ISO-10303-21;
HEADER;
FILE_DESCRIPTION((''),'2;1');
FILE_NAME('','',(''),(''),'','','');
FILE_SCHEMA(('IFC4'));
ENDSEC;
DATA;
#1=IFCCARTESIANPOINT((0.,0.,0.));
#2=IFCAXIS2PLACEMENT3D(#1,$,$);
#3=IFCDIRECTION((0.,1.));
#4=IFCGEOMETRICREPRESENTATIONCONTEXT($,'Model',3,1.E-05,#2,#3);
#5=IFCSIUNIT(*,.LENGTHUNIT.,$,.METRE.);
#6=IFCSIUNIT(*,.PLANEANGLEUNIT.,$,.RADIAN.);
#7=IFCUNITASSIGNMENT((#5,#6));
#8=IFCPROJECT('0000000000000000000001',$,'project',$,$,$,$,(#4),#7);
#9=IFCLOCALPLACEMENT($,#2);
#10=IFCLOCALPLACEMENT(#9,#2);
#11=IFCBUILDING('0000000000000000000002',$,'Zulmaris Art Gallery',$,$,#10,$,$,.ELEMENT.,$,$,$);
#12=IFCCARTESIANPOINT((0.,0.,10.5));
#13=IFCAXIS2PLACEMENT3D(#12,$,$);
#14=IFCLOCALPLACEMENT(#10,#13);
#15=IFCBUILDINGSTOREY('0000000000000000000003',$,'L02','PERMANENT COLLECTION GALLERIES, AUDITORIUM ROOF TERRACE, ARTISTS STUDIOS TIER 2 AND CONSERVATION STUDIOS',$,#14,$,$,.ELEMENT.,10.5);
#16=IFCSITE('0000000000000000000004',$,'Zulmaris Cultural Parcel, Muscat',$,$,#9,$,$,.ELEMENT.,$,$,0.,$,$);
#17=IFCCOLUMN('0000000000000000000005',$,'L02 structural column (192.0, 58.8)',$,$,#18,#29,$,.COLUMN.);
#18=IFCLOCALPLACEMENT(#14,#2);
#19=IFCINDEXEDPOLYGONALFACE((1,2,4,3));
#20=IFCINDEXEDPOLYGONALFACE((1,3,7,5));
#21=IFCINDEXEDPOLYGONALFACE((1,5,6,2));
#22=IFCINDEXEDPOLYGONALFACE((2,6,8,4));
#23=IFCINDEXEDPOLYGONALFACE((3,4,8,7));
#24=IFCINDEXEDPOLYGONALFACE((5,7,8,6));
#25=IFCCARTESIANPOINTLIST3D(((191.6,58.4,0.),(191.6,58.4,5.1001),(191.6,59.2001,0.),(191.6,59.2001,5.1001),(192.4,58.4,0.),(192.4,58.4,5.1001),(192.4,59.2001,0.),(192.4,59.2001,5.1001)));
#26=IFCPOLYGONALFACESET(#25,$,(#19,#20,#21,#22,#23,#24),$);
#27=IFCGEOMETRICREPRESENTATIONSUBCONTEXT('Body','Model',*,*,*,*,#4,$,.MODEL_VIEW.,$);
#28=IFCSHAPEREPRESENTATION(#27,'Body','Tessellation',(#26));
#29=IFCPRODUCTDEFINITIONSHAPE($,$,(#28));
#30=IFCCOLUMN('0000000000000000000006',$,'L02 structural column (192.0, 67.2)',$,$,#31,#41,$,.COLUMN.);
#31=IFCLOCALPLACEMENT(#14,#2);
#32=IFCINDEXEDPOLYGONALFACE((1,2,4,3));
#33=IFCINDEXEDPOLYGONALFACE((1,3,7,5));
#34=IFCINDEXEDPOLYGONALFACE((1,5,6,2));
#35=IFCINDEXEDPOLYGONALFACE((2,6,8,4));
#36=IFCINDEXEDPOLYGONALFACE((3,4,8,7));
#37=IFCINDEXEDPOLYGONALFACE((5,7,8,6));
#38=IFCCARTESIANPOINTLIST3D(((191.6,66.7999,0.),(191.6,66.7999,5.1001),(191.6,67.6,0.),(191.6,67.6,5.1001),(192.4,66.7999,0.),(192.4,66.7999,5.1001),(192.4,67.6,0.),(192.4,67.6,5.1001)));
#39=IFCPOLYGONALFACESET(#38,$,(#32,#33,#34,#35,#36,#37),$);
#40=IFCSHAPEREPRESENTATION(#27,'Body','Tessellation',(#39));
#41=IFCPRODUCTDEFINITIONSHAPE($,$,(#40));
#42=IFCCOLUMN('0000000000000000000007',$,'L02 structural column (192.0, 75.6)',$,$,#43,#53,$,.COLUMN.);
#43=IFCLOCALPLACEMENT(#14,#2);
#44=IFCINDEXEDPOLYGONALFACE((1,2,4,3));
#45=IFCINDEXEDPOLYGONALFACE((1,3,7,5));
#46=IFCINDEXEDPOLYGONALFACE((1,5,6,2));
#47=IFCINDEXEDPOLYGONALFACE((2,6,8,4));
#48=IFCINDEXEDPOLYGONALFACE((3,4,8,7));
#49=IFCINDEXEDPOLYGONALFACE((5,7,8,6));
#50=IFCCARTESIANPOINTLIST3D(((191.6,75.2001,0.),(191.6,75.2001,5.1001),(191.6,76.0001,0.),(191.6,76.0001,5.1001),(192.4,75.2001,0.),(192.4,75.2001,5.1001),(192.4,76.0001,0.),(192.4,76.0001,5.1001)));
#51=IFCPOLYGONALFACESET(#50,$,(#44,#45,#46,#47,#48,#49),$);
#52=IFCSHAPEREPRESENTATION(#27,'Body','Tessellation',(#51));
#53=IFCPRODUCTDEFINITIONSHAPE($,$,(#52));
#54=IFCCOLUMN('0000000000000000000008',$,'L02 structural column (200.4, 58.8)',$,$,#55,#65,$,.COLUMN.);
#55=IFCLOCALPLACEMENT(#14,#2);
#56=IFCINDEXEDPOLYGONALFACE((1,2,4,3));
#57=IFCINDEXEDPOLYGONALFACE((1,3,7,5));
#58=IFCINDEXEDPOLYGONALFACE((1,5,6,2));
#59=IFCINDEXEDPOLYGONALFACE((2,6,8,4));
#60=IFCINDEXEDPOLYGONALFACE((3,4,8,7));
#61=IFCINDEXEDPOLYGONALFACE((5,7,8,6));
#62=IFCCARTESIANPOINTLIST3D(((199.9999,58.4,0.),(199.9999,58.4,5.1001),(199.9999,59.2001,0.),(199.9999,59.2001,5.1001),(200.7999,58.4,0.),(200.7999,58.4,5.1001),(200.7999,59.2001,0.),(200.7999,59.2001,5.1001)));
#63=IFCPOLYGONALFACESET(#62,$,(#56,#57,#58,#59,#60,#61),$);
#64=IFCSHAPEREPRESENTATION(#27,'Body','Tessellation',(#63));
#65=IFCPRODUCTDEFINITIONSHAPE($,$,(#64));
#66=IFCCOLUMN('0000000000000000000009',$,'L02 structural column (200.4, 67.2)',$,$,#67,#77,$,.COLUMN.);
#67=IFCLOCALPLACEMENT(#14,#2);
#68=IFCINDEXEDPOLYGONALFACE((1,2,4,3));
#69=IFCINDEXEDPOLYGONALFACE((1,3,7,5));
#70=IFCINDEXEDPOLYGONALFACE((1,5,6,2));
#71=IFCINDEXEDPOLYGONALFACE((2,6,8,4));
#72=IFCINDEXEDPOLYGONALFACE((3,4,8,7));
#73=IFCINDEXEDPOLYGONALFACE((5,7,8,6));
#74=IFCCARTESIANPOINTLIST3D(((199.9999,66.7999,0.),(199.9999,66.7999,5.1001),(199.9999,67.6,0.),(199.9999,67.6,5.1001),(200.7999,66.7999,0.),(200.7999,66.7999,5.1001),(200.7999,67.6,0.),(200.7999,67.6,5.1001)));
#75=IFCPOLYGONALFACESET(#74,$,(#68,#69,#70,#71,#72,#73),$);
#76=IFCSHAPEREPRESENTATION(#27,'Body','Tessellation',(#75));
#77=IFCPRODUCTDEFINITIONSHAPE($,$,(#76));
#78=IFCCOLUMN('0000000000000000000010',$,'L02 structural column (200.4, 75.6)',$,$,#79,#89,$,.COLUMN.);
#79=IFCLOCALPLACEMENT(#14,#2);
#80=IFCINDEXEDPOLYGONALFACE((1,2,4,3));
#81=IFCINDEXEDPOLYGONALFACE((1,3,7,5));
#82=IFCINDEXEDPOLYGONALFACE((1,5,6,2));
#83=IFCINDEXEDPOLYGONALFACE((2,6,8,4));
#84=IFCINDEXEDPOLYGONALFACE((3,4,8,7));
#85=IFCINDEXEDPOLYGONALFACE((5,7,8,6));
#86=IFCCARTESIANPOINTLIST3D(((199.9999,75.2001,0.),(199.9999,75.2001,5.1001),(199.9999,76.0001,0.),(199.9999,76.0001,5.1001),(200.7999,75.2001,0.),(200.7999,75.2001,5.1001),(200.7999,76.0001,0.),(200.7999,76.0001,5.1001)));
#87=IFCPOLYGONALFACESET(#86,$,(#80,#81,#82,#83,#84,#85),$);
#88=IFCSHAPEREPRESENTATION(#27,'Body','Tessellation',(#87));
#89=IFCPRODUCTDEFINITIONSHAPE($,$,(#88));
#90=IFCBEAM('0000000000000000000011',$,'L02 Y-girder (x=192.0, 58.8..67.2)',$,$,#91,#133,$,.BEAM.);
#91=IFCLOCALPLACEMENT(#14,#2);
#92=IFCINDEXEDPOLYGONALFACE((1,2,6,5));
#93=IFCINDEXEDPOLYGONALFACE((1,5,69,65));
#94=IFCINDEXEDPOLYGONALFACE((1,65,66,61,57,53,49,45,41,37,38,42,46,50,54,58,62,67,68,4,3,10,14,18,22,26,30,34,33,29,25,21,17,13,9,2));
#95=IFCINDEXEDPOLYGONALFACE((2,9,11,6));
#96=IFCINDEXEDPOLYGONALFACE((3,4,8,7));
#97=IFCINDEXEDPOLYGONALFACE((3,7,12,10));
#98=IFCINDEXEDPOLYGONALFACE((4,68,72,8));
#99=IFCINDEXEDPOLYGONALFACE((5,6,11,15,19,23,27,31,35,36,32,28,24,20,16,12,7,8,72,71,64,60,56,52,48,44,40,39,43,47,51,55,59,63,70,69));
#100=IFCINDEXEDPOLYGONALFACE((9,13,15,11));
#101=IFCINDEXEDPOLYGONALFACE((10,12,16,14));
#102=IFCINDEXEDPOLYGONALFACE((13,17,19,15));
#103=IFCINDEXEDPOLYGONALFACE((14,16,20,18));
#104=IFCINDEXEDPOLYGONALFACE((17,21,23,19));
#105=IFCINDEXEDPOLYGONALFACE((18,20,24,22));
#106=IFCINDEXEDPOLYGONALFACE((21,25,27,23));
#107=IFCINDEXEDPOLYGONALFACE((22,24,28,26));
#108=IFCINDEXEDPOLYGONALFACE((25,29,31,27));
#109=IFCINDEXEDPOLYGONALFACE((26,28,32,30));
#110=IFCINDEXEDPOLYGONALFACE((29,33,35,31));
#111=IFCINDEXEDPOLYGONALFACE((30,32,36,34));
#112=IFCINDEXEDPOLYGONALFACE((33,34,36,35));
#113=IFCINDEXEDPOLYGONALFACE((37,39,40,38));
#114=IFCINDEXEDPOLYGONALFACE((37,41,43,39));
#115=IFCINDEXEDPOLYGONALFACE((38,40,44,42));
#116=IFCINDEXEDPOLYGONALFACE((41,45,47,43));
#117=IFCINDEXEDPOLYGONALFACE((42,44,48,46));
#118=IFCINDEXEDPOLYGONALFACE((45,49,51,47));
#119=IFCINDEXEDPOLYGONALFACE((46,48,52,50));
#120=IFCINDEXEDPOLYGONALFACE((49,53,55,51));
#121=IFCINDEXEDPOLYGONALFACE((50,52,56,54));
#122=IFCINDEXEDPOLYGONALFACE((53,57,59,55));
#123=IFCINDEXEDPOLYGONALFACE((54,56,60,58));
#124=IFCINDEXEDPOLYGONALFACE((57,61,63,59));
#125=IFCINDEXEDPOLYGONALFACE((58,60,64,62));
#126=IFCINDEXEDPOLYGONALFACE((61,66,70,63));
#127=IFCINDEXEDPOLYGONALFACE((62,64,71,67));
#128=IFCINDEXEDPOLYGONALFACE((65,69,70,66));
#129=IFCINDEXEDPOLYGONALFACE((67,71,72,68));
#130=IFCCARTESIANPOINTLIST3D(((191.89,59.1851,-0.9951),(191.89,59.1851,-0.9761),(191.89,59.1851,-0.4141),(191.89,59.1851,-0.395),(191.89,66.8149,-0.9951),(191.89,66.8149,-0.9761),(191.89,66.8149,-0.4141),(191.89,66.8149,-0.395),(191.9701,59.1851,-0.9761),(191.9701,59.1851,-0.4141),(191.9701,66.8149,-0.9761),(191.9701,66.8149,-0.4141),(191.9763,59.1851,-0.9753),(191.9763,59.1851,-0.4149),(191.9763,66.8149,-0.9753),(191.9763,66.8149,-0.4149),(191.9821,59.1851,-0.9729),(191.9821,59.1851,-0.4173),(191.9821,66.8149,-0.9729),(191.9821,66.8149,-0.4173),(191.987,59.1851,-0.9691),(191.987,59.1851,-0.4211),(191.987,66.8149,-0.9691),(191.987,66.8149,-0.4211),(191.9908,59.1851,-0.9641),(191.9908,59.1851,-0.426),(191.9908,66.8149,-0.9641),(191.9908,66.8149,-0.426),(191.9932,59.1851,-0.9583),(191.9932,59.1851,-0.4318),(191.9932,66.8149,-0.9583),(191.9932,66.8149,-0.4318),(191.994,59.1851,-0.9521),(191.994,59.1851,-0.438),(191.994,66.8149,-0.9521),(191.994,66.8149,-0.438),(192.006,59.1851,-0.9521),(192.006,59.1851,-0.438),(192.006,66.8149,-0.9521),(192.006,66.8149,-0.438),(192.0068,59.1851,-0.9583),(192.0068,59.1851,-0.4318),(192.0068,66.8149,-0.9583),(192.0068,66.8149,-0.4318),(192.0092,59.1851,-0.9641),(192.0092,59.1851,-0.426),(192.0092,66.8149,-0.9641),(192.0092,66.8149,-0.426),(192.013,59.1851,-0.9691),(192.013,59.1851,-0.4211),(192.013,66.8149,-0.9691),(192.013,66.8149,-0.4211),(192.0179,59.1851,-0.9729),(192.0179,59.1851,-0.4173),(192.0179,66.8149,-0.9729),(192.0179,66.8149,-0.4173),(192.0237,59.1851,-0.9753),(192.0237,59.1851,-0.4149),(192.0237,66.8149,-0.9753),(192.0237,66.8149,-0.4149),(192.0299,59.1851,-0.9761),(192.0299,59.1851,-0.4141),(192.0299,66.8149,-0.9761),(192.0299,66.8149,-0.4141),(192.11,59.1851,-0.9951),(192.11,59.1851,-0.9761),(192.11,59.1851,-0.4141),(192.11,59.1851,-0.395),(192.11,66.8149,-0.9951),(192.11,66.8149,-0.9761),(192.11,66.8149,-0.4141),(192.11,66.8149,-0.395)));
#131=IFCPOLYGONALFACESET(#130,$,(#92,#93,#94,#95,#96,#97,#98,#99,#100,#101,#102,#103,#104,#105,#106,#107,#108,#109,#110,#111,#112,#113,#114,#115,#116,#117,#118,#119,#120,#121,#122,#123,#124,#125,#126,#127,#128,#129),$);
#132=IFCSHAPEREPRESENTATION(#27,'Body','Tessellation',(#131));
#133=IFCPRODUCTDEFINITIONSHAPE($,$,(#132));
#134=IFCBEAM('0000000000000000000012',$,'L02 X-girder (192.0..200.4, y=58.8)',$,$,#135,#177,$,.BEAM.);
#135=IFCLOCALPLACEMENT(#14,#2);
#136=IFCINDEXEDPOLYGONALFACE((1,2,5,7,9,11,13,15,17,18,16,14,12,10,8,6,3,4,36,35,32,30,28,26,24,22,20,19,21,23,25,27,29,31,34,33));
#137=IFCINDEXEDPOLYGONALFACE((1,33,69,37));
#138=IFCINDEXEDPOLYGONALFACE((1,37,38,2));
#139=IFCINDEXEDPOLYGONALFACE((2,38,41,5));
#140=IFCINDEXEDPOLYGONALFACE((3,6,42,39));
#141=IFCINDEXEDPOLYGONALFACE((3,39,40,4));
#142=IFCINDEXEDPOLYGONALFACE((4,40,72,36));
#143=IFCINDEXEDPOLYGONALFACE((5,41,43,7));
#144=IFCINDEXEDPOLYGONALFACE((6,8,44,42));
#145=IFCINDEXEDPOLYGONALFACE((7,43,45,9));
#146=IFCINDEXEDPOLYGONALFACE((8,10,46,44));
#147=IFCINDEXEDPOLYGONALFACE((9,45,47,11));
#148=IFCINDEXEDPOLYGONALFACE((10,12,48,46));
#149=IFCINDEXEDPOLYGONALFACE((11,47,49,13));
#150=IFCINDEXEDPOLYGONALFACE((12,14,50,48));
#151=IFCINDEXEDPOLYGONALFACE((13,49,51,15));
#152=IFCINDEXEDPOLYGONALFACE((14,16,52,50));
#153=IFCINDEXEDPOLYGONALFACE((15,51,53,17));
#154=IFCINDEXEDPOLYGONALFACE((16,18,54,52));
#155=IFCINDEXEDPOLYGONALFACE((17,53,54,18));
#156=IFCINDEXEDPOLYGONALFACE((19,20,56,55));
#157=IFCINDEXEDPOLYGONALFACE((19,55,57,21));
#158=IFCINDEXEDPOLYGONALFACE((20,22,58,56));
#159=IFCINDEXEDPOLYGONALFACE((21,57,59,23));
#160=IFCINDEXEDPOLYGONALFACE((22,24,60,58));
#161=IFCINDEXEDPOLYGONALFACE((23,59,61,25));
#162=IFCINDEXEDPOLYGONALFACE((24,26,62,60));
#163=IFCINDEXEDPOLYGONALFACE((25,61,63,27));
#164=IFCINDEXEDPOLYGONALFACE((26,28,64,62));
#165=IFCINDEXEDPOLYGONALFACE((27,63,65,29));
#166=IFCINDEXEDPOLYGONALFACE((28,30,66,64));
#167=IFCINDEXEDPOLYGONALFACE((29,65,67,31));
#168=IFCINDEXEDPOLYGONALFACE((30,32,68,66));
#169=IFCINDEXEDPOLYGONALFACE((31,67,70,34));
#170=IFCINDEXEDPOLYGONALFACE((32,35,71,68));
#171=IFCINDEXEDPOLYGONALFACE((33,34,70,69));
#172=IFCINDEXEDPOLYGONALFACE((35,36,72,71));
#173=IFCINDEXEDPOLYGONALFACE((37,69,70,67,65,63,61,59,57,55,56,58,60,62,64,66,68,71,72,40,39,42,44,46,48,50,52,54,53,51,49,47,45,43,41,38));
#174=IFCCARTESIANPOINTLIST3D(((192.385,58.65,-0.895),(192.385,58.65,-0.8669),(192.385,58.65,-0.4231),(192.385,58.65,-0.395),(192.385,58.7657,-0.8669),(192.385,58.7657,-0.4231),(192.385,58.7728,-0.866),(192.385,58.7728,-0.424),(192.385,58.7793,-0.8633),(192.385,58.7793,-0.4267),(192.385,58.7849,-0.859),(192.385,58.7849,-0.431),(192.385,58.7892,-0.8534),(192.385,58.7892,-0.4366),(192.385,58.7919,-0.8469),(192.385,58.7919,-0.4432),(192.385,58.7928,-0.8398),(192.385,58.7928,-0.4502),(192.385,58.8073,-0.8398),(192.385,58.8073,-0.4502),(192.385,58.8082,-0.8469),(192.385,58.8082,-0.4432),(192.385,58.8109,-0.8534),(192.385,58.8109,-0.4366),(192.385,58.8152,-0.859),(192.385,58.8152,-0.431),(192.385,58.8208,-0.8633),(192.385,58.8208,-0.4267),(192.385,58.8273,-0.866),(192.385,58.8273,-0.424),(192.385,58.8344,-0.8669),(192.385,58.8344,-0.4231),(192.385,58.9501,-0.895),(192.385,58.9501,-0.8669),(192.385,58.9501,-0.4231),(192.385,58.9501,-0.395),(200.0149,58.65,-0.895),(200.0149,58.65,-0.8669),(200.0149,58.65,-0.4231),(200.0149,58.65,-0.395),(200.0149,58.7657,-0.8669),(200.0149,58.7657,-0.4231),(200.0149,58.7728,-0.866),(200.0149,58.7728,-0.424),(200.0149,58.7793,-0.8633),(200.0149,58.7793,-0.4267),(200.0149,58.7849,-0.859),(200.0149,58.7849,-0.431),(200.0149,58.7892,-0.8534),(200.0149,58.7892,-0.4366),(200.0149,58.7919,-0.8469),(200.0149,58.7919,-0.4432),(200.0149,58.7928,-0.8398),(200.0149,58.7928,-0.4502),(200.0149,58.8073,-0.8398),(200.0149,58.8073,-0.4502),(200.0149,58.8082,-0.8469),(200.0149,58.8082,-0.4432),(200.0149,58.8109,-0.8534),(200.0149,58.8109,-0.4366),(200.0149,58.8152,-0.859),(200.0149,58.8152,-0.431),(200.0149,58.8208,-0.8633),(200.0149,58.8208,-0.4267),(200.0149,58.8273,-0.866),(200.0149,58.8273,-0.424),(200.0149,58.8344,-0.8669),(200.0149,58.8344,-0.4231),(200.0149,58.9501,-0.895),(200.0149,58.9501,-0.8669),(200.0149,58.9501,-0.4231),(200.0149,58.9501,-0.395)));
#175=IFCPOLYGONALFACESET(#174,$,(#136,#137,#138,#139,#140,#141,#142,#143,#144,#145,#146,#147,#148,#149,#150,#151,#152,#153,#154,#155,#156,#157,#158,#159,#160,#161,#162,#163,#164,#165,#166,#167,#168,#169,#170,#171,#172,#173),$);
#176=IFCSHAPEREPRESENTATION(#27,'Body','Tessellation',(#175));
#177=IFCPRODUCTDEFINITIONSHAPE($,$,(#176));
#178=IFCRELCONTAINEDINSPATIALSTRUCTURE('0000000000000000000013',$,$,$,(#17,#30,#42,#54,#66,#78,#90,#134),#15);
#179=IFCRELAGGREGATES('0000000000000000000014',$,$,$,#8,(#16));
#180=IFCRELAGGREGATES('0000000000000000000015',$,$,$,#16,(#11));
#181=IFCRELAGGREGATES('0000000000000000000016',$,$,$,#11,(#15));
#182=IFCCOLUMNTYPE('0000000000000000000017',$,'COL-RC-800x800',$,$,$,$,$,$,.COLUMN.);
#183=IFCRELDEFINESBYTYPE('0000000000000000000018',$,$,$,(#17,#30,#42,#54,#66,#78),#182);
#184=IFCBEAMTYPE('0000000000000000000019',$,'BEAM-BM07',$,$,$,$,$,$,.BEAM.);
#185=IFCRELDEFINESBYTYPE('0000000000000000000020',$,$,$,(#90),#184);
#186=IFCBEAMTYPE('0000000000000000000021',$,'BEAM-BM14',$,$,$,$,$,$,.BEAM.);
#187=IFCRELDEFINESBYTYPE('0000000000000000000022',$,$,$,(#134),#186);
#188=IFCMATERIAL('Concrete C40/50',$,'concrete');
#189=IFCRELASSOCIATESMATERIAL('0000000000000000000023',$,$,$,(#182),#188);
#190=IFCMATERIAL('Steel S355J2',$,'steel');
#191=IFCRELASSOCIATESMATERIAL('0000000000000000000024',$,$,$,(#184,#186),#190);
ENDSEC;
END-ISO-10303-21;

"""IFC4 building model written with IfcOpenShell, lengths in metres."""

from ifc_helpers import new_model, si_unit, direction, frame, origin, origin_2d, place, context, subcontext, project, spatial, rectangle, i_section, extrude, material, material_profile, profile_set, type_object, element, save


model = new_model("IFC4")

# Units and contexts
model_context = context("Model", 3, precision=1e-05, world=origin(), true_north=direction((0.0, 1.0)))
body_context = subcontext(model_context, "Body", "Model", "MODEL_VIEW")
ifc_project = project(units=[si_unit("LENGTHUNIT", "METRE"), si_unit("PLANEANGLEUNIT", "RADIAN")], contexts=[model_context])

# Site, building, storey
site_placement = place(None, origin())
site = spatial("IfcSite", under=ifc_project, at=site_placement, Name="Zulmaris Cultural Parcel, Muscat", CompositionType="ELEMENT", RefElevation=0.0)
building_placement = place(site_placement, origin())
building = spatial("IfcBuilding", under=site, at=building_placement, Name="Zulmaris Art Gallery", CompositionType="ELEMENT")
storey_placement = place(building_placement, frame((0.0, 0.0, 10.5)))
storey = spatial("IfcBuildingStorey", under=building, at=storey_placement, Name="L02", Description="PERMANENT COLLECTION GALLERIES, AUDITORIUM ROOF TERRACE, ARTISTS STUDIOS TIER 2 AND CONSERVATION STUDIOS", CompositionType="ELEMENT", Elevation=10.5)

# Columns
ifc_material_1 = material(Name="Concrete C40/50", Category="concrete")
ifc_material_profile_1 = material_profile(ifc_material_1, rectangle(XDim=0.8, YDim=0.8, at=origin_2d()), Name="RC 800x800")
ifc_profile_set_1 = profile_set([ifc_material_profile_1], Name="Concrete C40/50")
column_type = type_object("IfcColumnType", Name="COL-RC-800x800", PredefinedType="COLUMN", material=ifc_profile_set_1)
for number, where, z_axis, x_axis, name in (
    (1, (192.0, 58.8, 0.0), (0.0, 0.0, 1.0), (1.0, 0.0, 0.0), "L02 structural column (192.0, 58.8)"),
    (2, (192.0, 67.2, 0.0), (0.0, 0.0, 1.0), (1.0, 0.0, 0.0), "L02 structural column (192.0, 67.2)"),
    (3, (192.0, 75.6001, 0.0), (0.0, 0.0, 1.0), (1.0, 0.0, 0.0), "L02 structural column (192.0, 75.6)"),
    (4, (200.3999, 58.8, 0.0), (0.0, 0.0, 1.0), (1.0, 0.0, 0.0), "L02 structural column (200.4, 58.8)"),
    (5, (200.3999, 67.2, 0.0), (0.0, 0.0, 1.0), (1.0, 0.0, 0.0), "L02 structural column (200.4, 67.2)"),
    (6, (200.3999, 75.6001, 0.0), (0.0, 0.0, 1.0), (1.0, 0.0, 0.0), "L02 structural column (200.4, 75.6)"),
):
    element("IfcColumn", number, at=place(storey_placement, frame(where, z_axis=z_axis, x_axis=x_axis)), inside=storey, type_object=column_type, Name=name, PredefinedType="COLUMN", context=body_context, shape_type="SweptSolid", body=[
        extrude(rectangle(XDim=0.8, YDim=0.8, at=origin_2d()), origin(), (0.0, 0.0, 1.0), 5.1001),
    ])

# Beams
ifc_material_2 = material(Name="Steel S355J2", Category="steel")
ifc_material_profile_2 = material_profile(ifc_material_2, i_section(OverallWidth=0.22, OverallDepth=0.6001, WebThickness=0.012, FlangeThickness=0.019, FilletRadius=0.0239, at=origin_2d()), Name="IPE 600")
ifc_profile_set_2 = profile_set([ifc_material_profile_2], Name="Steel S355J2")
beam_type_1 = type_object("IfcBeamType", Name="BEAM-BM07", PredefinedType="BEAM", material=ifc_profile_set_2)
beam_1_placement = place(storey_placement, frame((192.0, 59.1851, -0.6951), z_axis=(0.0, 1.0, 0.0), x_axis=(-1.0, 0.0, 0.0)))
element("IfcBeam", 7, at=beam_1_placement, inside=storey, type_object=beam_type_1, Name="L02 Y-girder (x=192.0, 58.8..67.2)", PredefinedType="BEAM", context=body_context, shape_type="SweptSolid", body=[
    extrude(i_section(OverallWidth=0.22, OverallDepth=0.6001, WebThickness=0.012, FlangeThickness=0.019, FilletRadius=0.0239, at=origin_2d()), origin(), (0.0, 0.0, 1.0), 7.6299),
])
ifc_material_profile_3 = material_profile(ifc_material_2, i_section(OverallWidth=0.3, OverallDepth=0.5, WebThickness=0.0144, FlangeThickness=0.0281, FilletRadius=0.0271, at=origin_2d()), Name="HEB 500")
ifc_profile_set_3 = profile_set([ifc_material_profile_3], Name="Steel S355J2")
beam_type_2 = type_object("IfcBeamType", Name="BEAM-BM14", PredefinedType="BEAM", material=ifc_profile_set_3)
for number, where, z_axis, x_axis, name in (
    (8, (192.385, 58.8, -0.645), (1.0, 0.0, 0.0), (0.0, 1.0, 0.0), "L02 X-girder (192.0..200.4, y=58.8)"),
):
    element("IfcBeam", number, at=place(storey_placement, frame(where, z_axis=z_axis, x_axis=x_axis)), inside=storey, type_object=beam_type_2, Name=name, PredefinedType="BEAM", context=body_context, shape_type="SweptSolid", body=[
        extrude(i_section(OverallWidth=0.3, OverallDepth=0.5, WebThickness=0.0144, FlangeThickness=0.0281, FilletRadius=0.0271, at=origin_2d()), origin(), (0.0, 0.0, 1.0), 7.6299),
    ])

save(model, "model.ifc")
